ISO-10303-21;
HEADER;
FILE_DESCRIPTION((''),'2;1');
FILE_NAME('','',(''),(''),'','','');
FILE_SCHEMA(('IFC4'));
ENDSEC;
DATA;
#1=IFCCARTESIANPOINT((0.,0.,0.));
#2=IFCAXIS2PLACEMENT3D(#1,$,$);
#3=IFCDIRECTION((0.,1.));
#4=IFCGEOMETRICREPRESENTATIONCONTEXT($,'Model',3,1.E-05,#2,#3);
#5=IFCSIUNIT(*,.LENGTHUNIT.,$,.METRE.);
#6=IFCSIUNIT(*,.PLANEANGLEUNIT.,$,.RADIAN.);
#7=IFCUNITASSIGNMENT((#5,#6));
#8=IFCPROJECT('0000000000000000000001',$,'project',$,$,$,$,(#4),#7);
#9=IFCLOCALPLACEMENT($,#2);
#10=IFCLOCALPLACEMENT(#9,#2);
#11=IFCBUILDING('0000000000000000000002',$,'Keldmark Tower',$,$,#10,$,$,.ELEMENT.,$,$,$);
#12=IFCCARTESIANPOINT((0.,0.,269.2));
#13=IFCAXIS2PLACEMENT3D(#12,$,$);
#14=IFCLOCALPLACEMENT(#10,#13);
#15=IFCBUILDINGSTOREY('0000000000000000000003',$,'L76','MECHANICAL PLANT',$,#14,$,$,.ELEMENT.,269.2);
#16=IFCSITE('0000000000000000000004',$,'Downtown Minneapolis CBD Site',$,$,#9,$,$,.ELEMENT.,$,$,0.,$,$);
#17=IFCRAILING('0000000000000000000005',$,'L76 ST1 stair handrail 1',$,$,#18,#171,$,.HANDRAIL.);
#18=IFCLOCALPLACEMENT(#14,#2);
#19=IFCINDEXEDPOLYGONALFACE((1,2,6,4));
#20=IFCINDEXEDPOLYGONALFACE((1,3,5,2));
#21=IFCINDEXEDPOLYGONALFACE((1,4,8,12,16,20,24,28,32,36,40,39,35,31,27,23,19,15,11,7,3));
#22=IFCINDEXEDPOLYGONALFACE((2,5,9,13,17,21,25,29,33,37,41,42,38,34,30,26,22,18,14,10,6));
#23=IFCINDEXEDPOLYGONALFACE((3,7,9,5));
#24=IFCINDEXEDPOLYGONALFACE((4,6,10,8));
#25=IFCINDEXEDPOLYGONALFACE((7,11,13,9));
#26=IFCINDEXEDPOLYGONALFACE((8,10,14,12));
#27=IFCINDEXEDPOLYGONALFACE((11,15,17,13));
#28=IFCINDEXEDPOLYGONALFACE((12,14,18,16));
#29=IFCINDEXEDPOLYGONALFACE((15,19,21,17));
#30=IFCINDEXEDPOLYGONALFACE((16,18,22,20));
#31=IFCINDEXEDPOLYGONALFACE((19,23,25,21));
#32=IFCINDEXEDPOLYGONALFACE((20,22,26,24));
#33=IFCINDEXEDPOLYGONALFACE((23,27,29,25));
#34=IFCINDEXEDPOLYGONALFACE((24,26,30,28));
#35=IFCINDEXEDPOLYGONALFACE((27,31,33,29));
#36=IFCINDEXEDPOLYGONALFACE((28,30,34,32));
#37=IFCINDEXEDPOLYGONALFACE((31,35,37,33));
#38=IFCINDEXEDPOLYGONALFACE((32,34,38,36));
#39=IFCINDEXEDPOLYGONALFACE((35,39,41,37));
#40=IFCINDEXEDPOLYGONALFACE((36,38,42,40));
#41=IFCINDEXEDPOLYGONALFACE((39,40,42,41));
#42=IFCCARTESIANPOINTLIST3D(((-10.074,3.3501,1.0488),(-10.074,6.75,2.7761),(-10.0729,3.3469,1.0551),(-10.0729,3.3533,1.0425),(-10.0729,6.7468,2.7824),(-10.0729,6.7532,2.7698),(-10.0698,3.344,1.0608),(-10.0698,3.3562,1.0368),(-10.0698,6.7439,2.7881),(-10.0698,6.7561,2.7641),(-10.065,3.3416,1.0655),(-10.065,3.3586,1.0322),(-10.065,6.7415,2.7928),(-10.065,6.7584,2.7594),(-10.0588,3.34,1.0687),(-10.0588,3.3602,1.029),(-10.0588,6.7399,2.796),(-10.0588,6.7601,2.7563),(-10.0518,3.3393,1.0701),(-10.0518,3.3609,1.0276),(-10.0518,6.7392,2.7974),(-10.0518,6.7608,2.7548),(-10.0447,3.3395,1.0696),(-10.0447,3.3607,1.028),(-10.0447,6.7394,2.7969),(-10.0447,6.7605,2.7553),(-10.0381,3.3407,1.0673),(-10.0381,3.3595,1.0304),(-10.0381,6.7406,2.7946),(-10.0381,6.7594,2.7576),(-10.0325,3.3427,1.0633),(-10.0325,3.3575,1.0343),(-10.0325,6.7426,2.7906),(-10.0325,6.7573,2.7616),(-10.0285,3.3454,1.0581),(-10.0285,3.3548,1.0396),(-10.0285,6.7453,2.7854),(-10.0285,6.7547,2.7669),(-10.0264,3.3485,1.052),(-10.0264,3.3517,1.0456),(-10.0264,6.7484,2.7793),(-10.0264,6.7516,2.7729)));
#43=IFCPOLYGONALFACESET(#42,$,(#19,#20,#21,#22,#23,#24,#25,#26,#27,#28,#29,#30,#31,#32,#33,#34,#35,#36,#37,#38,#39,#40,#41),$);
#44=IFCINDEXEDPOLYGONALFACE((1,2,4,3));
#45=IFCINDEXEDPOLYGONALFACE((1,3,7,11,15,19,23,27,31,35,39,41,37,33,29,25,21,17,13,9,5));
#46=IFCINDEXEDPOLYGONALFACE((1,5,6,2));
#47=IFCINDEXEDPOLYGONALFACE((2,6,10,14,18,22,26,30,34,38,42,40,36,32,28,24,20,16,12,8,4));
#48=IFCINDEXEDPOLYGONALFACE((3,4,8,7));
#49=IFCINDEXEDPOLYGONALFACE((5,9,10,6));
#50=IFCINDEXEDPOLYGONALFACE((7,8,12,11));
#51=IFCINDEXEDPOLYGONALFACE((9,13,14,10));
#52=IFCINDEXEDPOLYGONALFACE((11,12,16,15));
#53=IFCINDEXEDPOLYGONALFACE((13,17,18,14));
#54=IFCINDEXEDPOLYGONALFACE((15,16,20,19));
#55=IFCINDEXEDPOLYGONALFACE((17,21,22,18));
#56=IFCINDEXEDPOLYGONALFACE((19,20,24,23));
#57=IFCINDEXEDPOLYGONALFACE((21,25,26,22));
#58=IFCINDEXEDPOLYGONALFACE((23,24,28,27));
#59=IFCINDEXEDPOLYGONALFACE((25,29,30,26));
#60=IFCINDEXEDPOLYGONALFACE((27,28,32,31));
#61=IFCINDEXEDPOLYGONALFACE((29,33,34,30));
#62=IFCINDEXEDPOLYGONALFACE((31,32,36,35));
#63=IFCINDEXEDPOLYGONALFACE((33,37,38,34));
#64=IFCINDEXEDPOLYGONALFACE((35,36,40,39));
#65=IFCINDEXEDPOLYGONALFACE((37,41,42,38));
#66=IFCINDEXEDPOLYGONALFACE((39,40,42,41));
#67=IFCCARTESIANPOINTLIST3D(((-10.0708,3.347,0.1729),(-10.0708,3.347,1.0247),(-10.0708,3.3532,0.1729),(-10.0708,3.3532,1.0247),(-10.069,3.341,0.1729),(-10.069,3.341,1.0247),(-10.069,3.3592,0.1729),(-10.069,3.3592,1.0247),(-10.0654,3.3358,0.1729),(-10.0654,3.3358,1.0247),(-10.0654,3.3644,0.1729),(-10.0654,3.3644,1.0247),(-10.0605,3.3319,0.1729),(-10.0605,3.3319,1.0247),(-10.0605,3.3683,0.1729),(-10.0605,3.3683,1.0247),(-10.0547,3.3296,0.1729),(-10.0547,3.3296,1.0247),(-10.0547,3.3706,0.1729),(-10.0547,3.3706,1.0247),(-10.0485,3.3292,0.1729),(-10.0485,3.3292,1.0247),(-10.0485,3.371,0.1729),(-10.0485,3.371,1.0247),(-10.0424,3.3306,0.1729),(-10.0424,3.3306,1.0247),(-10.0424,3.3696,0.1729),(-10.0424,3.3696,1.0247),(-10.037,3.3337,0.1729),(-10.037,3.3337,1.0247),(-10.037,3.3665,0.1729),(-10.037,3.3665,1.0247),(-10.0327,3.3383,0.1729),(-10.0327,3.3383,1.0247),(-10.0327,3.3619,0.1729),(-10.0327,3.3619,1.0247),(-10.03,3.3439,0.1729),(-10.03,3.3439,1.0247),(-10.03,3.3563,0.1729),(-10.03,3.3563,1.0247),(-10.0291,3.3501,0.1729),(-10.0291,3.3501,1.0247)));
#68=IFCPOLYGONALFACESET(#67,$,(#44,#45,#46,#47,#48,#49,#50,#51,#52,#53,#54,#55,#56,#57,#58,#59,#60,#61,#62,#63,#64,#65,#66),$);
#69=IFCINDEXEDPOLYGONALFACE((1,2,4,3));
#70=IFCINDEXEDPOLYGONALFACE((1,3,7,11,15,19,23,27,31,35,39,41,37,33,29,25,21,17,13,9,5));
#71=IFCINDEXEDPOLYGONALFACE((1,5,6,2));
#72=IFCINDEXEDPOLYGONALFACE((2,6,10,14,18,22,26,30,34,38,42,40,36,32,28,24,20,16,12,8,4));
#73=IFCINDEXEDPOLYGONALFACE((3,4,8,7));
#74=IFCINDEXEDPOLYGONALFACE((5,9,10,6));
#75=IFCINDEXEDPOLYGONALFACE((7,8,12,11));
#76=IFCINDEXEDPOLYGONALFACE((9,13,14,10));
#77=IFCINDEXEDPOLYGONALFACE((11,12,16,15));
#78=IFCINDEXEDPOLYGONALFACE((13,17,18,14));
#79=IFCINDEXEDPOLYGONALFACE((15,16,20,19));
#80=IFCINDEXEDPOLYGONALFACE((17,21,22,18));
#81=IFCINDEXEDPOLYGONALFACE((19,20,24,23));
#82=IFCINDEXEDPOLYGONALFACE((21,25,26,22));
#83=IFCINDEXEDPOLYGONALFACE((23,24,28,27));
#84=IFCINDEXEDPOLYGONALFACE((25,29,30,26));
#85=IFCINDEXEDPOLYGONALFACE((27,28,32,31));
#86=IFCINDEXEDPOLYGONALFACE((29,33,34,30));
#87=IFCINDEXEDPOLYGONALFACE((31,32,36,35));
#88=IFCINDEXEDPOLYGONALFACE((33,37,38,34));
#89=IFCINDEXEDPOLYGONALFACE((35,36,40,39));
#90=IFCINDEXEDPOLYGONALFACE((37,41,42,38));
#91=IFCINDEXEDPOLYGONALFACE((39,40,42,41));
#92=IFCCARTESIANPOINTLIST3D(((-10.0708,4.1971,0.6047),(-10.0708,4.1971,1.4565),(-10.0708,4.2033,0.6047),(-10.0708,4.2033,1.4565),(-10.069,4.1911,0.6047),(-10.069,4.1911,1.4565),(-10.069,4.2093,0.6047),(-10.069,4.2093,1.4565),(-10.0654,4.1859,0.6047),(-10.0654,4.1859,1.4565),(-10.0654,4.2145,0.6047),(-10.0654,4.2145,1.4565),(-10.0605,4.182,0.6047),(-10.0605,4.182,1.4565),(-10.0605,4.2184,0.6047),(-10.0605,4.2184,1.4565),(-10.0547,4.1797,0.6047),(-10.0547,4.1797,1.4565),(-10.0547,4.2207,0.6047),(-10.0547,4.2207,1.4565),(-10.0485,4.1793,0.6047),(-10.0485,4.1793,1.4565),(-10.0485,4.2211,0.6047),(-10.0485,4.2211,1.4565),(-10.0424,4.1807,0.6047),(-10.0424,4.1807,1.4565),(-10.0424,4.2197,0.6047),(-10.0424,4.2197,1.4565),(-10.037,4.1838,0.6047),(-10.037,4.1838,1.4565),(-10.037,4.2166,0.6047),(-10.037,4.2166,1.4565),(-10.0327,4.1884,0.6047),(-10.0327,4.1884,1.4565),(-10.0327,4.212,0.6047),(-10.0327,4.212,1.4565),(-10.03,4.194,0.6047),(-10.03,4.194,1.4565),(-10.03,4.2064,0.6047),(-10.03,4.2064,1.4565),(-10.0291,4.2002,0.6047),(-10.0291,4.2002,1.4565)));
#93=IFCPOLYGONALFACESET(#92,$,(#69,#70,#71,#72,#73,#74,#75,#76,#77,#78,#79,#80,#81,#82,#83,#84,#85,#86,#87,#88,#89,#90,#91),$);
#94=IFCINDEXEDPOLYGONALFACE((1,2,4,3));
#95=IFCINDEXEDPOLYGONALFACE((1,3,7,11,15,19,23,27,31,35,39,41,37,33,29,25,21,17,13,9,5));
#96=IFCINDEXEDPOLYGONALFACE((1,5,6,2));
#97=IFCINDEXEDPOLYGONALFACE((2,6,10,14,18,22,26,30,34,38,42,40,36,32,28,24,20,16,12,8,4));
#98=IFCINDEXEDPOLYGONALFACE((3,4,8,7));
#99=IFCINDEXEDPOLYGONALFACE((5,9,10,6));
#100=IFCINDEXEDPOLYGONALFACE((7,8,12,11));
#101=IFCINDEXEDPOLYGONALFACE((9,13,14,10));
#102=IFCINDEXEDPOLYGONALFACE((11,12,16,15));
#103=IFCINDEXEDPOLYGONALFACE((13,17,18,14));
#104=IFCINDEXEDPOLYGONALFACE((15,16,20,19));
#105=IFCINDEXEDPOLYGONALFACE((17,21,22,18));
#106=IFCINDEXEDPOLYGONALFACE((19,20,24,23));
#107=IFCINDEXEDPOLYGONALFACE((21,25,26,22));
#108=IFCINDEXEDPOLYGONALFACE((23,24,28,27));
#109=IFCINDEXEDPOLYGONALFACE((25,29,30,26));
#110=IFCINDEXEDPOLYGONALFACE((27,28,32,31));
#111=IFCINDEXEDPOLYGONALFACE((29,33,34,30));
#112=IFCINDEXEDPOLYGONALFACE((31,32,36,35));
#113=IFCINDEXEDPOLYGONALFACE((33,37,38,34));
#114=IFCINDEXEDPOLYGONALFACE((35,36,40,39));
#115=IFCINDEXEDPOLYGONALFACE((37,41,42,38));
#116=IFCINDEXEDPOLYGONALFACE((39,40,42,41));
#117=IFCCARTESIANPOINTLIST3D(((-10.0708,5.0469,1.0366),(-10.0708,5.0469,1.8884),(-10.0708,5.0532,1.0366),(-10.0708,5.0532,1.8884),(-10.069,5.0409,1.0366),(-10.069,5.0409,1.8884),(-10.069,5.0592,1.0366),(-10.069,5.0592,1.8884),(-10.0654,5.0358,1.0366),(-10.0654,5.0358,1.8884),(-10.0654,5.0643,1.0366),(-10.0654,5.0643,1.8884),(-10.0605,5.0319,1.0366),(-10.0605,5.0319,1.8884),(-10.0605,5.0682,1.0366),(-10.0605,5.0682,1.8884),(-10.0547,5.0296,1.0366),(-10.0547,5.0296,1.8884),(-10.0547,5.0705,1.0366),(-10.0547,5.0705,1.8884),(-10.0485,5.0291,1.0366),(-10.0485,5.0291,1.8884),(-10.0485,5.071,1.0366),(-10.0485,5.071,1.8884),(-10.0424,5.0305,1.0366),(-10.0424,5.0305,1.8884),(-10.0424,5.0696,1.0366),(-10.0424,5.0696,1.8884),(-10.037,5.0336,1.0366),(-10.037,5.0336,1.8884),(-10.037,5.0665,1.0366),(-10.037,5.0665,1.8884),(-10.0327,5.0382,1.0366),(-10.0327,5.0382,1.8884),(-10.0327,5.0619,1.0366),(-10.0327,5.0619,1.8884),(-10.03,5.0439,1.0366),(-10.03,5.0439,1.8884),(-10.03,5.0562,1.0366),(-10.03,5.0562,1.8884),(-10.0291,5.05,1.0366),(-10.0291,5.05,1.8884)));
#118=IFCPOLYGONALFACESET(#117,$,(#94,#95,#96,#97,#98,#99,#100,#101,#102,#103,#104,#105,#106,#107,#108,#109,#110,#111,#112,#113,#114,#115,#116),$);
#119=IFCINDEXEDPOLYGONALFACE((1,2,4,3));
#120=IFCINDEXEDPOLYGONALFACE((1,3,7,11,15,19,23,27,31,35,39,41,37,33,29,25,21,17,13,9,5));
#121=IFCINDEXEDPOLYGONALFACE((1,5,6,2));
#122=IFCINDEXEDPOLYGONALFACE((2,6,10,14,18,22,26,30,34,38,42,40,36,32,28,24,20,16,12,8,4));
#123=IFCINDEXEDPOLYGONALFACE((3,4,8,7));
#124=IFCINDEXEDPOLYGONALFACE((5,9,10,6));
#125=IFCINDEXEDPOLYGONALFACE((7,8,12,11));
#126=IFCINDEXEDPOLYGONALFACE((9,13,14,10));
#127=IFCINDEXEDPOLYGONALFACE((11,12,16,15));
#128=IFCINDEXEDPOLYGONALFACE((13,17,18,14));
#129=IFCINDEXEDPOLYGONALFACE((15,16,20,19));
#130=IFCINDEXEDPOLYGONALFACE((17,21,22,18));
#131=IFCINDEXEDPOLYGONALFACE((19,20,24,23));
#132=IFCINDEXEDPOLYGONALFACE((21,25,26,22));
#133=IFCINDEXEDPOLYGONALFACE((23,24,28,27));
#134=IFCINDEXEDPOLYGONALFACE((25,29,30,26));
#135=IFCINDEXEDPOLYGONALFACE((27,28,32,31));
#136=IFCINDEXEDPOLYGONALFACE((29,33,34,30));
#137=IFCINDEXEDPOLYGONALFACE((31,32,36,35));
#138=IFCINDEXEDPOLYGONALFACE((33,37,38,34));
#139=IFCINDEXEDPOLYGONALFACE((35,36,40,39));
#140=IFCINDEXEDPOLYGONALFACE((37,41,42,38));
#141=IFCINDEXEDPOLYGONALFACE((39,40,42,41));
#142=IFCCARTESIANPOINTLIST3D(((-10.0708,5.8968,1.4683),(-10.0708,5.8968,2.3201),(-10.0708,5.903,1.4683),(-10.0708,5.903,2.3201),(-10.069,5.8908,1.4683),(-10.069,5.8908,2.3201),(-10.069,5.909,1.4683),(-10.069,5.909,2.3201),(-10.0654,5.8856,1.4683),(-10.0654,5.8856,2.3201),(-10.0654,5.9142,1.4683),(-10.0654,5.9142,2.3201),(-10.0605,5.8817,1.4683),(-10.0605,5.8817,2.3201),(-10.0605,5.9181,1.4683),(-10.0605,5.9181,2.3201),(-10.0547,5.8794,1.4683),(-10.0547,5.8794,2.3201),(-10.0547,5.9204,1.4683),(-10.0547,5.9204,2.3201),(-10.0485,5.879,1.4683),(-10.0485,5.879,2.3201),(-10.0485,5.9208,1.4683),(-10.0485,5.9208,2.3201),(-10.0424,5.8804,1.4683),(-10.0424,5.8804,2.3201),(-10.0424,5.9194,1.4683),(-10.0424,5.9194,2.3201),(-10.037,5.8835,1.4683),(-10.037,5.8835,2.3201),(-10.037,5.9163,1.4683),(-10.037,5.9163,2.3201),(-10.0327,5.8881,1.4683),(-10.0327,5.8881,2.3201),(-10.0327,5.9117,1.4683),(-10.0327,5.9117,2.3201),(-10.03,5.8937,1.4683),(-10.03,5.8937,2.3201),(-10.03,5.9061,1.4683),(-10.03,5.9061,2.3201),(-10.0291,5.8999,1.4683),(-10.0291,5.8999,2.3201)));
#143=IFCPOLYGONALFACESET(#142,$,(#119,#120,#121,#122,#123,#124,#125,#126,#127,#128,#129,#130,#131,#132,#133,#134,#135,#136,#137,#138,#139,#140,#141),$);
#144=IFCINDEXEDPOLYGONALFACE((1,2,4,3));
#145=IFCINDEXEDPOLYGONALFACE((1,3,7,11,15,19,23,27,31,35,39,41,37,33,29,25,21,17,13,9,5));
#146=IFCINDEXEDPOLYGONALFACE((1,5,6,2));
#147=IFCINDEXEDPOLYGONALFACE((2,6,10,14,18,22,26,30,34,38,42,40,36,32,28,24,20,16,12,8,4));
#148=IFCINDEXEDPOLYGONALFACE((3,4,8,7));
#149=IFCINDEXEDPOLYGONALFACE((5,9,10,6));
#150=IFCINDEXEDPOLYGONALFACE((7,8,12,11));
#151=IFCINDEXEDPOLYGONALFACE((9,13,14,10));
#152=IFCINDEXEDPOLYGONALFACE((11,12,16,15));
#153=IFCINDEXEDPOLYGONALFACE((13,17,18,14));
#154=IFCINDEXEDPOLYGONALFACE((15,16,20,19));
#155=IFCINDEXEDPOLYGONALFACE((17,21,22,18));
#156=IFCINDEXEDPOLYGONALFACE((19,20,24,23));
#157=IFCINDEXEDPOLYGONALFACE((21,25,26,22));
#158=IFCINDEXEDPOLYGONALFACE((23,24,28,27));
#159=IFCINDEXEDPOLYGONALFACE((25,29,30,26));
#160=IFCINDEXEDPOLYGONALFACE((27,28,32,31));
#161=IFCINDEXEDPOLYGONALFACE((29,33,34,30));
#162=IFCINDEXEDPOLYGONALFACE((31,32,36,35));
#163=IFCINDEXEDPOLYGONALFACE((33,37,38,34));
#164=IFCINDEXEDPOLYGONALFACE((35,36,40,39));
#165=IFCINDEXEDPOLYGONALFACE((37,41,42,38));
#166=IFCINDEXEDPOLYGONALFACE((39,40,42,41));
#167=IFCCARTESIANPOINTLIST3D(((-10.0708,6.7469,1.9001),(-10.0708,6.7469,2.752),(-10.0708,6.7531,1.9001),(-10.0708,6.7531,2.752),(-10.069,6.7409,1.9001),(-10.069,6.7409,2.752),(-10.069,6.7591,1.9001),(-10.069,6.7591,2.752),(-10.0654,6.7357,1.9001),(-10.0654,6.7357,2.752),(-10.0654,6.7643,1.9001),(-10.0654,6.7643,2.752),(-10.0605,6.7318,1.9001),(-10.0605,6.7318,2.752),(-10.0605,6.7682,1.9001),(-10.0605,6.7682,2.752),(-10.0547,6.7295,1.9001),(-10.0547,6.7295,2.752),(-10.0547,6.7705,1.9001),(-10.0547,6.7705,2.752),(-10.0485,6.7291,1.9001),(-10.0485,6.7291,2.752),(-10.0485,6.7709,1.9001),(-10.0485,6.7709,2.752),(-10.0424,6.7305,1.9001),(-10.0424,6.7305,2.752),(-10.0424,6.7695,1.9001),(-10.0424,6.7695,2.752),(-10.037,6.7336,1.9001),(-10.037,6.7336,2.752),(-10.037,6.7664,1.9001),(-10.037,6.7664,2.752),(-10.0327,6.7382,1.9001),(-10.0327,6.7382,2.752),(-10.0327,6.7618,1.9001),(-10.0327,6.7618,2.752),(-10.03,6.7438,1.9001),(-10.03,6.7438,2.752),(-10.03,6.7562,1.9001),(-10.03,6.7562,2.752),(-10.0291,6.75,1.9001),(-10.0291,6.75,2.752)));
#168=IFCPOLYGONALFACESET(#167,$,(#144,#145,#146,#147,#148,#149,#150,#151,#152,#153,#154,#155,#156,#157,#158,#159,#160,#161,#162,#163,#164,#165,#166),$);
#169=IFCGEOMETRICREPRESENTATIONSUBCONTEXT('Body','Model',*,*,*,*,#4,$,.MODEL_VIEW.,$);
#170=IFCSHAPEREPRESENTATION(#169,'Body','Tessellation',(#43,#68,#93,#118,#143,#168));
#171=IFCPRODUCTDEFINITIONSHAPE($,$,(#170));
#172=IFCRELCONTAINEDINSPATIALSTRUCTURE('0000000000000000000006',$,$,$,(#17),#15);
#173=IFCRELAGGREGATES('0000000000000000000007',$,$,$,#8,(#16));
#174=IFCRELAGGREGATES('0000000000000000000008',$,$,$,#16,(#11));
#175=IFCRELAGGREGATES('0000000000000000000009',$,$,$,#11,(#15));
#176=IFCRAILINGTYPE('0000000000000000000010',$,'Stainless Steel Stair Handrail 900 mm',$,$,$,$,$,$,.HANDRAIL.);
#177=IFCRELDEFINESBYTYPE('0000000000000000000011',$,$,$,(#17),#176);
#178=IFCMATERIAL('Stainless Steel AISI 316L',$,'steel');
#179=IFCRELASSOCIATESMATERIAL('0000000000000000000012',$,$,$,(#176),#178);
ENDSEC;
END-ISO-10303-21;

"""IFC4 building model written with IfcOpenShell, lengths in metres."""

from ifc_helpers import new_model, si_unit, direction, frame, origin, origin_2d, place, context, subcontext, project, spatial, circle, extrude, material, type_object, element, save


model = new_model("IFC4")

# Units and contexts
model_context = context("Model", 3, precision=1e-05, world=origin(), true_north=direction((0.0, 1.0)))
body_context = subcontext(model_context, "Body", "Model", "MODEL_VIEW")
ifc_project = project(units=[si_unit("LENGTHUNIT", "METRE"), si_unit("PLANEANGLEUNIT", "RADIAN")], contexts=[model_context])

# Site, building, storey
site_placement = place(None, origin())
site = spatial("IfcSite", under=ifc_project, at=site_placement, Name="Downtown Minneapolis CBD Site", CompositionType="ELEMENT", RefElevation=0.0)
building_placement = place(site_placement, origin())
building = spatial("IfcBuilding", under=site, at=building_placement, Name="Keldmark Tower", CompositionType="ELEMENT")
storey_placement = place(building_placement, frame((0.0, 0.0, 269.2)))
storey = spatial("IfcBuildingStorey", under=building, at=storey_placement, Name="L76", Description="MECHANICAL PLANT", CompositionType="ELEMENT", Elevation=269.2)

# Railing
ifc_material_1 = material(Name="Stainless Steel AISI 316L", Category="steel")
railing_type_1 = type_object("IfcRailingType", Name="Stainless Steel Stair Handrail 900 mm", PredefinedType="HANDRAIL", material=ifc_material_1)
railing_1_placement = place(storey_placement, frame((-10.05, 3.3501, 0.1729)))
element("IfcRailing", 1, at=railing_1_placement, inside=storey, type_object=railing_type_1, Name="L76 ST1 stair handrail 1", PredefinedType="HANDRAIL", context=body_context, shape_type="SweptSolid", body=[
    extrude(circle(Radius=0.0239, at=origin_2d()), frame((0.0, 0.0, 0.876), z_axis=(0.0, 0.891541, 0.452941), x_axis=(-1.0, 0.0, 0.0)), (0.0, 0.0, 1.0), 3.8135),
    extrude(circle(Radius=0.021, at=origin_2d()), origin(), (0.0, 0.0, 1.0), 0.8518),
    extrude(circle(Radius=0.021, at=origin_2d()), frame((0.0, 0.8501, 0.4319)), (0.0, 0.0, 1.0), 0.8518),
    extrude(circle(Radius=0.021, at=origin_2d()), frame((0.0, 1.7, 0.8638)), (0.0, 0.0, 1.0), 0.8518),
    extrude(circle(Radius=0.021, at=origin_2d()), frame((0.0, 2.5498, 1.2954)), (0.0, 0.0, 1.0), 0.8518),
    extrude(circle(Radius=0.021, at=origin_2d()), frame((0.0, 3.3999, 1.7273)), (0.0, 0.0, 1.0), 0.8518),
])

save(model, "model.ifc")
